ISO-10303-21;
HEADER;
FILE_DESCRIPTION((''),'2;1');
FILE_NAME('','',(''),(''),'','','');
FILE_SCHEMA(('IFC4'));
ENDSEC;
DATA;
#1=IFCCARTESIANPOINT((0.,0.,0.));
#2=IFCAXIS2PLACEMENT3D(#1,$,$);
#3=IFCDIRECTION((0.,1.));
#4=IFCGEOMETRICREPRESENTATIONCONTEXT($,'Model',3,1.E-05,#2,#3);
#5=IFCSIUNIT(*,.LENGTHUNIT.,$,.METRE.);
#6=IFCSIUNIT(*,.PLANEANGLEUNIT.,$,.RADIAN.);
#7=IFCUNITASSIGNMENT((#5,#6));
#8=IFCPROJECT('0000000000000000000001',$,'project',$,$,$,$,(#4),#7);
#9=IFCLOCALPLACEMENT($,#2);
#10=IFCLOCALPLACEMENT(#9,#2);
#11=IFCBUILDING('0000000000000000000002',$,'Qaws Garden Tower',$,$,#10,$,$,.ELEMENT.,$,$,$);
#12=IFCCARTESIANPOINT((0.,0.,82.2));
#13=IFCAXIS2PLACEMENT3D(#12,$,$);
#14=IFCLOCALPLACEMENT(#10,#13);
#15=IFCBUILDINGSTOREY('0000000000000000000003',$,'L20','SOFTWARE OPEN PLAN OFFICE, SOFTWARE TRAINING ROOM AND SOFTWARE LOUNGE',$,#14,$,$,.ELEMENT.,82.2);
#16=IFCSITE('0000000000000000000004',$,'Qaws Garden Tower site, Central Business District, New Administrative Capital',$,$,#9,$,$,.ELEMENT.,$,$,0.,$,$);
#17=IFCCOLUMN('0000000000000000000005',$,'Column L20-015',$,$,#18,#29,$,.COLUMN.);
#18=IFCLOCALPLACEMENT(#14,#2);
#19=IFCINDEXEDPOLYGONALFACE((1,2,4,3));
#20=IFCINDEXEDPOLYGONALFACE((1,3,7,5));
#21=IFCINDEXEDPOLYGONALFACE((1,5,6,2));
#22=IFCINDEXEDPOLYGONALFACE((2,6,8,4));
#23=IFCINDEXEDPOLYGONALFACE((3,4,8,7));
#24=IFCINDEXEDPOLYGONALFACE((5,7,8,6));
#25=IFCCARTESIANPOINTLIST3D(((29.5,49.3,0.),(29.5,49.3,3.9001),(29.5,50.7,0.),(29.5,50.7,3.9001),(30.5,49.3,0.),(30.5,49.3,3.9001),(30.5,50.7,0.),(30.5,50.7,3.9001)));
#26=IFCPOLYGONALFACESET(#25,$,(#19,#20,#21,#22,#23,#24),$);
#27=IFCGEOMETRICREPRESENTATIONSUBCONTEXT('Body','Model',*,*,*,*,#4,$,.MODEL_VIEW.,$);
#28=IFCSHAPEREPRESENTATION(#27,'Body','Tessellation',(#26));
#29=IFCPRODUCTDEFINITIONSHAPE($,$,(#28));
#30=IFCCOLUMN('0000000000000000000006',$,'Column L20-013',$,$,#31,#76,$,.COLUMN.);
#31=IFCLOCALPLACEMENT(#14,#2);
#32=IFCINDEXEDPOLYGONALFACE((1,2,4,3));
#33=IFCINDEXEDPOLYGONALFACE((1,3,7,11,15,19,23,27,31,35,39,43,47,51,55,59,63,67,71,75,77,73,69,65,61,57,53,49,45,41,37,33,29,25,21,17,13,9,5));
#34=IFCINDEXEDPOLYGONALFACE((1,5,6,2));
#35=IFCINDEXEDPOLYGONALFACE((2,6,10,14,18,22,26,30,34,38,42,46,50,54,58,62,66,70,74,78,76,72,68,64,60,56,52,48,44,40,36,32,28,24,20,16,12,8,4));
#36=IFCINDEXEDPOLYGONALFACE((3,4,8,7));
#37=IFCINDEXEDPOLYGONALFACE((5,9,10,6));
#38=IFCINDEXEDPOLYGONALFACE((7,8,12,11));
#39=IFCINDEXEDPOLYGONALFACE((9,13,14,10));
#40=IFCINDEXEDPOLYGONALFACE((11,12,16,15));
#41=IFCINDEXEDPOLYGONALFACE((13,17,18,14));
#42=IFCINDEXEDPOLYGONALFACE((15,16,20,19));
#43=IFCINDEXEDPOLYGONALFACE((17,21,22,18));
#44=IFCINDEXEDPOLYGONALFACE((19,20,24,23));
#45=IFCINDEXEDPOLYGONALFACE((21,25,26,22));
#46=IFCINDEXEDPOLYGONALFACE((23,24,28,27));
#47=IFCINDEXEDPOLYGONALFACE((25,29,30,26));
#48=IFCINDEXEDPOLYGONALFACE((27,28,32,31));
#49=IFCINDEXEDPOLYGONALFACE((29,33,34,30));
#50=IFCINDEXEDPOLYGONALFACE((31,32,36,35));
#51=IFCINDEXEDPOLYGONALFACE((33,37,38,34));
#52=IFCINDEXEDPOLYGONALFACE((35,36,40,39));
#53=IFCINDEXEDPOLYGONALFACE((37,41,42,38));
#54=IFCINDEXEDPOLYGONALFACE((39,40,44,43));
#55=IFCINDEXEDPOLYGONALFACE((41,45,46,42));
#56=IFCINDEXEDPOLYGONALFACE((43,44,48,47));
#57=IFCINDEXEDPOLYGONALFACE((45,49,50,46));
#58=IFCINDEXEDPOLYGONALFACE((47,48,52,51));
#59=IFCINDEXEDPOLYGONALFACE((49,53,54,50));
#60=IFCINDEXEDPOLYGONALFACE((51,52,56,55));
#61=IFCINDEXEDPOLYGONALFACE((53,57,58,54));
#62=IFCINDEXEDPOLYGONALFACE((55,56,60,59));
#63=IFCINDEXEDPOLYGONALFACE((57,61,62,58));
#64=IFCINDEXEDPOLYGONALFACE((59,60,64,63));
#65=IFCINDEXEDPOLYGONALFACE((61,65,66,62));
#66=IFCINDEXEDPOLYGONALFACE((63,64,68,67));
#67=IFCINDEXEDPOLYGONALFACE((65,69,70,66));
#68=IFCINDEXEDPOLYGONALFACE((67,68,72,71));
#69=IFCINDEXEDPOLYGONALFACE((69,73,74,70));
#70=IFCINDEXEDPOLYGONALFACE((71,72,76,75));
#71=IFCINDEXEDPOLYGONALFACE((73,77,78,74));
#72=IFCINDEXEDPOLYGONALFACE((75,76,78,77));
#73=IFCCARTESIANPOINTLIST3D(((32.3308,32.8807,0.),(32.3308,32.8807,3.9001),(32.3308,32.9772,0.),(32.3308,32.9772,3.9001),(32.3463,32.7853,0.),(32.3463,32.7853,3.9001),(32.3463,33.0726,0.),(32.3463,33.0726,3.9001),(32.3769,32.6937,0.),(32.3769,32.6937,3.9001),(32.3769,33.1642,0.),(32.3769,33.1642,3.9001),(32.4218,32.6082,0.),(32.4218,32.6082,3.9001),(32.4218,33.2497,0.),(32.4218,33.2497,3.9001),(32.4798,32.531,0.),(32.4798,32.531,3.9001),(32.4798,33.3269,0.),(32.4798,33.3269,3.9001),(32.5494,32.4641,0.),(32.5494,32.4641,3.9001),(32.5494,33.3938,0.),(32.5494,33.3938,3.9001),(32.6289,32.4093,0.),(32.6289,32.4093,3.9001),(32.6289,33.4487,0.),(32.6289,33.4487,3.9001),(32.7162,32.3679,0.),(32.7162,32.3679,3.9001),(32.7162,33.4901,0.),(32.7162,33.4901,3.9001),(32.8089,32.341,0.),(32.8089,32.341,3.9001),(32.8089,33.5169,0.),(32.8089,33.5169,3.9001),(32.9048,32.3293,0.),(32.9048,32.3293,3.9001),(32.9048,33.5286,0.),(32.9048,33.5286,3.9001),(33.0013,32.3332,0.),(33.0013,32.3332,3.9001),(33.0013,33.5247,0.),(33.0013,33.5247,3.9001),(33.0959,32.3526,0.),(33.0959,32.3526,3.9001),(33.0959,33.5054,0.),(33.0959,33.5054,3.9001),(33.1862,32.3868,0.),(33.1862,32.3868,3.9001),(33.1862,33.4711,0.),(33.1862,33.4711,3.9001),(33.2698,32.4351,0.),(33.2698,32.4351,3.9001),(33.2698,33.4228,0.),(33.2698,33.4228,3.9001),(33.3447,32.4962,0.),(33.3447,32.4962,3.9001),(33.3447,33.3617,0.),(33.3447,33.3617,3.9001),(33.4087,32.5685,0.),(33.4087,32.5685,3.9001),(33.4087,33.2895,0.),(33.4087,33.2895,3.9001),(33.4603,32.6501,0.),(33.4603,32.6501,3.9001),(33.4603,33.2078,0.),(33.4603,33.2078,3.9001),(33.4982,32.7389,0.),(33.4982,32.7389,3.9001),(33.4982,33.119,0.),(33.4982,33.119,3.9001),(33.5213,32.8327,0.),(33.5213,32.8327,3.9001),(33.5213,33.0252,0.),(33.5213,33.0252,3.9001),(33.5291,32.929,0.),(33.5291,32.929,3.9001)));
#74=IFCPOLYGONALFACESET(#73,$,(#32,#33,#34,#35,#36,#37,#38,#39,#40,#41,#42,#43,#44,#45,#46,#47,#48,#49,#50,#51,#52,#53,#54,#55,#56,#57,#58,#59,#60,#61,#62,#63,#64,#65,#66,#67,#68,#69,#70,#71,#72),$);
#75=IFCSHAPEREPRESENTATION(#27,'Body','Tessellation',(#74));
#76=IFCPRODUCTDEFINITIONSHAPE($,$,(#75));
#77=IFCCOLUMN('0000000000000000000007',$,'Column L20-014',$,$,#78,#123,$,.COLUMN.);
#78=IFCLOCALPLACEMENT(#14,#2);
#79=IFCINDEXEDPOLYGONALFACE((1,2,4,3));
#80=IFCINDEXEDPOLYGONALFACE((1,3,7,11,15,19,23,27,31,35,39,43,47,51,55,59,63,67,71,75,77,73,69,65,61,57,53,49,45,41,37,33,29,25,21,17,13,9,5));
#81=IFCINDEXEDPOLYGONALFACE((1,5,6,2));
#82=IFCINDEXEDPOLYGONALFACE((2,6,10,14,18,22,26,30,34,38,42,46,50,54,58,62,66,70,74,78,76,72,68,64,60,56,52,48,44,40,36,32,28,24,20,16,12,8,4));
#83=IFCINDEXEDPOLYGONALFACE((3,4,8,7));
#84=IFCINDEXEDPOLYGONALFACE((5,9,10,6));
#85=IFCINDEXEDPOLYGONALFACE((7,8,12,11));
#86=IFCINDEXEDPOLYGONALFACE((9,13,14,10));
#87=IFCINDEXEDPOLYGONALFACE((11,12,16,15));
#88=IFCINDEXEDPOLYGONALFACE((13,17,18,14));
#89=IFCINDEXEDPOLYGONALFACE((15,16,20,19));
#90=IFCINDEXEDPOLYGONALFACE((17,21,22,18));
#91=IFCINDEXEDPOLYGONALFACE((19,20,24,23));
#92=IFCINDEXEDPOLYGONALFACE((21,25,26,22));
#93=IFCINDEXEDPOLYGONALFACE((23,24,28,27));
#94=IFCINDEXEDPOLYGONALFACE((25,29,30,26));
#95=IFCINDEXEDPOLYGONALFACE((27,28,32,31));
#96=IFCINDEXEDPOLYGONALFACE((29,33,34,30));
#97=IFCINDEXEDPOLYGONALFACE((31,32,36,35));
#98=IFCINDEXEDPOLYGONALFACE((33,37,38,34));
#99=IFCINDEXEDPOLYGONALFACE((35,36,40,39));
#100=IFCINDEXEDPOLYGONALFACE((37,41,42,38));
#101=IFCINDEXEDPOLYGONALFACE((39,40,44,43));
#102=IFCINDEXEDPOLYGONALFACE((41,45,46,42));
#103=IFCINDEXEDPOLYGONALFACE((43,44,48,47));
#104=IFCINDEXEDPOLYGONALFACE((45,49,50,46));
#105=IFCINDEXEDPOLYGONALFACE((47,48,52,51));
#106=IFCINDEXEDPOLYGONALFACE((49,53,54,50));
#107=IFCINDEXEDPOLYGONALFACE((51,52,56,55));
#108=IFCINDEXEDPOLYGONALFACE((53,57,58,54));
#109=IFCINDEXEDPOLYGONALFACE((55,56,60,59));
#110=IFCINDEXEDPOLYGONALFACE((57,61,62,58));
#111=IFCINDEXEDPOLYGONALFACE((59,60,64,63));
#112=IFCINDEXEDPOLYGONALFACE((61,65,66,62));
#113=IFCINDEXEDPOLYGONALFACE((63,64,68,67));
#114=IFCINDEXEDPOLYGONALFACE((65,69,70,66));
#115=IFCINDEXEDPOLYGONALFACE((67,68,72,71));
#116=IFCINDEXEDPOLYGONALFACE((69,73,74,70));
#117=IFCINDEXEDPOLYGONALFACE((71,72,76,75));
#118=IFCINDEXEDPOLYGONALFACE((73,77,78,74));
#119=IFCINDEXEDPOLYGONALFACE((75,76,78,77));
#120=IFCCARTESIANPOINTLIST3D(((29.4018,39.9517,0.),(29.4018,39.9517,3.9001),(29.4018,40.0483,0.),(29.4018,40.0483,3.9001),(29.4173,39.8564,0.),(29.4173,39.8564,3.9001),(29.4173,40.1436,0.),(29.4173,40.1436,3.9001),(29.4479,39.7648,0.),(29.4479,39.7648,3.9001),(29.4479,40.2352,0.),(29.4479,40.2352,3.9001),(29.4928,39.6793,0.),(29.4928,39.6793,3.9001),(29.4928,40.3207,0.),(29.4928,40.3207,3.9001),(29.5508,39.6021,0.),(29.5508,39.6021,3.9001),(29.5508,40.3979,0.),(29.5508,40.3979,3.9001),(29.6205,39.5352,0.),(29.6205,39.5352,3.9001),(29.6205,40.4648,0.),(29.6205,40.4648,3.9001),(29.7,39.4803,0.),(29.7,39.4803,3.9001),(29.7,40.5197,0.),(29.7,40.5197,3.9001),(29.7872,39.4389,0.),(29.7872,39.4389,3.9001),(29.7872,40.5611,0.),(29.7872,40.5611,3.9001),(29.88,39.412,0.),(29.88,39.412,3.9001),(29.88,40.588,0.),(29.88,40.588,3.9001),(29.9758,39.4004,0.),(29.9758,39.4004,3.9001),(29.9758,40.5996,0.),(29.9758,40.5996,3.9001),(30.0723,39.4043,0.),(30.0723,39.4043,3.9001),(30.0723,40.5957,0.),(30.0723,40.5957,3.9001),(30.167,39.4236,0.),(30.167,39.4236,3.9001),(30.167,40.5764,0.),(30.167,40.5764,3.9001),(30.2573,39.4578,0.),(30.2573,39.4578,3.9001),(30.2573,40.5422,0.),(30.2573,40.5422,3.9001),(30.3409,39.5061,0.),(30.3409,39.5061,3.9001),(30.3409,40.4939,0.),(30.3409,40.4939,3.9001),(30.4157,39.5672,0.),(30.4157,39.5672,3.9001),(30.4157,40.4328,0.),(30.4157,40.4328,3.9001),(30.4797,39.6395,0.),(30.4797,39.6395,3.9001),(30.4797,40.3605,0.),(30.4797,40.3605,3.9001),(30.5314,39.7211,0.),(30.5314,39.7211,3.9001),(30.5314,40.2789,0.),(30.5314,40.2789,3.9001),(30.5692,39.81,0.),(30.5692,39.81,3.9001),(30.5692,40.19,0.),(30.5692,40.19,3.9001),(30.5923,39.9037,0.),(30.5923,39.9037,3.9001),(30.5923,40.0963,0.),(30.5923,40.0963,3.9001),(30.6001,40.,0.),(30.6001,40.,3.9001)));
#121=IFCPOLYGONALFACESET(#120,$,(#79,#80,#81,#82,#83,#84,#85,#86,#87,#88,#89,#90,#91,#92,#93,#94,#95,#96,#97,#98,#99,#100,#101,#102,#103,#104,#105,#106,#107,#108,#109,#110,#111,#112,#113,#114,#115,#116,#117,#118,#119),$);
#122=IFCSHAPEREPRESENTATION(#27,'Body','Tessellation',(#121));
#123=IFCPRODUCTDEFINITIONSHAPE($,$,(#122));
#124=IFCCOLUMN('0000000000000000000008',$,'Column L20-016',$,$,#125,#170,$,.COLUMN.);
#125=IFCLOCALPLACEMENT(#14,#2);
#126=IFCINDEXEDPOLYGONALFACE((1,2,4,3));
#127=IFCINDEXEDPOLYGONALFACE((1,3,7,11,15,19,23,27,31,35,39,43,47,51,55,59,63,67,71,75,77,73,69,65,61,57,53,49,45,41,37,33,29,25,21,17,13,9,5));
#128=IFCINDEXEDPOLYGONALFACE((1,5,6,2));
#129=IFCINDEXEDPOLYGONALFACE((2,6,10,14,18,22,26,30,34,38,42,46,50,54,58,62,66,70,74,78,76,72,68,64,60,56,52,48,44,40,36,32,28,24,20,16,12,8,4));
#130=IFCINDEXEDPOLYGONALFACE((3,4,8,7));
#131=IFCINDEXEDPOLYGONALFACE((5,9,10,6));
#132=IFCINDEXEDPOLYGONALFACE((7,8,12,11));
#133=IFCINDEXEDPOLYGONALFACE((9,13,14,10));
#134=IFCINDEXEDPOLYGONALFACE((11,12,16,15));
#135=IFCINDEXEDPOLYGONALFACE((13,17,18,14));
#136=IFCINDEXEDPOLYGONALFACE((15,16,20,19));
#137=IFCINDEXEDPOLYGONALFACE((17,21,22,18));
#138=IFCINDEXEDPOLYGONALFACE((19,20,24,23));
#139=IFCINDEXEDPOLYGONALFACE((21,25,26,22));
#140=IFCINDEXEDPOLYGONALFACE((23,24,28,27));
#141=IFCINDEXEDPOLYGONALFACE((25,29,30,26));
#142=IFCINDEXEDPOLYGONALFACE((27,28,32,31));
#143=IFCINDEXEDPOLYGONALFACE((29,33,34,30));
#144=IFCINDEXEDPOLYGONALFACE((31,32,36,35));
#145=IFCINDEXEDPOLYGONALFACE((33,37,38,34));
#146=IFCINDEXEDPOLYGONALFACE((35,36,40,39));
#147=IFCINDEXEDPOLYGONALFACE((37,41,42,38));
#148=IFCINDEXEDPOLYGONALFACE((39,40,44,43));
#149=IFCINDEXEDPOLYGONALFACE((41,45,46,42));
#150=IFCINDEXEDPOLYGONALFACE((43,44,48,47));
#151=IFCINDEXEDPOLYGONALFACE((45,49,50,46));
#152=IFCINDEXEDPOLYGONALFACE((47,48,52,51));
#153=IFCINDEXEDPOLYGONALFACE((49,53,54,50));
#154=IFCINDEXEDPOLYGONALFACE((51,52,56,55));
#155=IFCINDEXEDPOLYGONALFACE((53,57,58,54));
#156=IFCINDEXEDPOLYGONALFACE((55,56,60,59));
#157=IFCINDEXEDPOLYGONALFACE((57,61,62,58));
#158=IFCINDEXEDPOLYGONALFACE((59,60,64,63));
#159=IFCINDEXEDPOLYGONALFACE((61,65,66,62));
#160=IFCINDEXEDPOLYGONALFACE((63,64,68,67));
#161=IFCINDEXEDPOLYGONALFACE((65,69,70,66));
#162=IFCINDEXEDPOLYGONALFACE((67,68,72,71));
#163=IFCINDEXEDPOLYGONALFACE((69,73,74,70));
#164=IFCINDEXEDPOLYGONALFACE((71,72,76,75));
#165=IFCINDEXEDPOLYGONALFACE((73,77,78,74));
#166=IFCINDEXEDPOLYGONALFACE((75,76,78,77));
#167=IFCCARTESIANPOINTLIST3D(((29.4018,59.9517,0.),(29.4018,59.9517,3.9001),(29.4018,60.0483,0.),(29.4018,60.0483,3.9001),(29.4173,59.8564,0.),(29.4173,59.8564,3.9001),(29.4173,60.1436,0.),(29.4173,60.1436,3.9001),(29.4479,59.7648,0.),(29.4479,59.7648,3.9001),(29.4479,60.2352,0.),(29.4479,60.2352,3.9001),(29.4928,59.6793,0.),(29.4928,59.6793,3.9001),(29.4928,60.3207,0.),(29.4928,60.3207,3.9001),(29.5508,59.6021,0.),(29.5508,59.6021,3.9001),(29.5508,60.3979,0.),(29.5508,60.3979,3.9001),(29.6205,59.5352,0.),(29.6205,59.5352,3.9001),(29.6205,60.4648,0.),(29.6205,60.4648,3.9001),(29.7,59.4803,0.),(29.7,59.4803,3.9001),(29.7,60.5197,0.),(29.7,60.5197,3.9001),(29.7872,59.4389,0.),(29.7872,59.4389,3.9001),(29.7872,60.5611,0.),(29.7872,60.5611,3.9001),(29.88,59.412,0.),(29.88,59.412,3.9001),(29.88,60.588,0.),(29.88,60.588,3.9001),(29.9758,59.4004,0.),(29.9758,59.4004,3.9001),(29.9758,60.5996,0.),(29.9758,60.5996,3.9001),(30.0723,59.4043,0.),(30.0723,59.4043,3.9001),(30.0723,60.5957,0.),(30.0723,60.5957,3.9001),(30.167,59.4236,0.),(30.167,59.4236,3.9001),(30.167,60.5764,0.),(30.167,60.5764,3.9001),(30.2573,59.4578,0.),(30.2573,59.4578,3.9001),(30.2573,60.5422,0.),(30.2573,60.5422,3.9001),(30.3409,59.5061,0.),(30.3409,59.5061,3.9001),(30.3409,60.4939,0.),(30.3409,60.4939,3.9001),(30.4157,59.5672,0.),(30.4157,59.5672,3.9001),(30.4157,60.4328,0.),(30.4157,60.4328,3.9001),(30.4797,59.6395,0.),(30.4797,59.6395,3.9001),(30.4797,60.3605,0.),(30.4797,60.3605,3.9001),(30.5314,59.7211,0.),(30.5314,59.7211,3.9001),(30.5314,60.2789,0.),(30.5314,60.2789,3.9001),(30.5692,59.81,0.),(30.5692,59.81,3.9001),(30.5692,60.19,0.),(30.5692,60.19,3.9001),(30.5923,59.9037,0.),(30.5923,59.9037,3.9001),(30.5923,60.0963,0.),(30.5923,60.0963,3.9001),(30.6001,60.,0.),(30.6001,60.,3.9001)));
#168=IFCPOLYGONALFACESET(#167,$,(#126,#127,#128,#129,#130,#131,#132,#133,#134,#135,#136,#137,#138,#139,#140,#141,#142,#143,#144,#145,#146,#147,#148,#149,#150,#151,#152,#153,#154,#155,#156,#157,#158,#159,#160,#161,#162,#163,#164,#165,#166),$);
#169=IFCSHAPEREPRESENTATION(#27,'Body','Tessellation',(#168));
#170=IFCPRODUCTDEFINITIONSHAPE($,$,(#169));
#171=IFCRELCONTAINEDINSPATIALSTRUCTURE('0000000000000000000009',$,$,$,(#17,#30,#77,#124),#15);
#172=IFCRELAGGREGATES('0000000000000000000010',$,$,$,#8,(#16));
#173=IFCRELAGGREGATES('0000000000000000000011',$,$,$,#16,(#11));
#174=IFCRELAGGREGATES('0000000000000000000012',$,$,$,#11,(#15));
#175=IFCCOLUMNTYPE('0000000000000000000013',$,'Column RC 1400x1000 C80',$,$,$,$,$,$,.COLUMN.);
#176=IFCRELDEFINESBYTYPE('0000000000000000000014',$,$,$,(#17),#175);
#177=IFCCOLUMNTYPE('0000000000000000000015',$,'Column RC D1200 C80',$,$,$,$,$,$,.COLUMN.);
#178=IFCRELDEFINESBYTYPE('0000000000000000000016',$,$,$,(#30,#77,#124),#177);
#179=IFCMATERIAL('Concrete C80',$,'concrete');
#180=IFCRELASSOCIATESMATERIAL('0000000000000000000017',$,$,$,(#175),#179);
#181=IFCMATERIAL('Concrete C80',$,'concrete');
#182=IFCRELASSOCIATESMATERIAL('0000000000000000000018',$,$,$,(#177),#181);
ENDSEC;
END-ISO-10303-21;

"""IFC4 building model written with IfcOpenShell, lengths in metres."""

from ifc_helpers import new_model, si_unit, direction, frame, origin, origin_2d, place, context, subcontext, project, spatial, rectangle, circle, extrude, material, material_profile, profile_set, type_object, element, save


model = new_model("IFC4")

# Units and contexts
model_context = context("Model", 3, precision=1e-05, world=origin(), true_north=direction((0.0, 1.0)))
body_context = subcontext(model_context, "Body", "Model", "MODEL_VIEW")
ifc_project = project(units=[si_unit("LENGTHUNIT", "METRE"), si_unit("PLANEANGLEUNIT", "RADIAN")], contexts=[model_context])

# Site, building, storey
site_placement = place(None, origin())
site = spatial("IfcSite", under=ifc_project, at=site_placement, Name="Qaws Garden Tower site, Central Business District, New Administrative Capital", CompositionType="ELEMENT", RefElevation=0.0)
building_placement = place(site_placement, origin())
building = spatial("IfcBuilding", under=site, at=building_placement, Name="Qaws Garden Tower", CompositionType="ELEMENT")
storey_placement = place(building_placement, frame((0.0, 0.0, 82.2)))
storey = spatial("IfcBuildingStorey", under=building, at=storey_placement, Name="L20", Description="SOFTWARE OPEN PLAN OFFICE, SOFTWARE TRAINING ROOM AND SOFTWARE LOUNGE", CompositionType="ELEMENT", Elevation=82.2)

# Columns
ifc_material_1 = material(Name="Concrete C80", Category="concrete")
ifc_material_profile_1 = material_profile(ifc_material_1, rectangle(XDim=1.3999, YDim=1.0, at=origin_2d()), Name="RC 1400x1000")
ifc_profile_set_1 = profile_set([ifc_material_profile_1], Name="Concrete C80")
column_type_1 = type_object("IfcColumnType", Name="Column RC 1400x1000 C80", PredefinedType="COLUMN", material=ifc_profile_set_1)
column_placement = place(storey_placement, frame((30.0, 50.0, 0.0), z_axis=(0.0, 0.0, 1.0), x_axis=(0.0, 1.0, 0.0)))
element("IfcColumn", 1, at=column_placement, inside=storey, type_object=column_type_1, Name="Column L20-015", PredefinedType="COLUMN", context=body_context, shape_type="SweptSolid", body=[
    extrude(rectangle(XDim=1.3999, YDim=1.0, at=origin_2d()), origin(), (0.0, 0.0, 1.0), 3.9001),
])
ifc_material_2 = material(Name="Concrete C80", Category="concrete")
ifc_material_profile_2 = material_profile(ifc_material_2, circle(Radius=0.6001, at=origin_2d()), Name="RC D1200")
ifc_profile_set_2 = profile_set([ifc_material_profile_2], Name="Concrete C80")
column_type_2 = type_object("IfcColumnType", Name="Column RC D1200 C80", PredefinedType="COLUMN", material=ifc_profile_set_2)
for number, where, z_axis, x_axis, name in (
    (2, (32.929, 32.929, 0.0), (0.0, 0.0, 1.0), (1.0, 0.0, 0.0), "Column L20-013"),
    (3, (30.0, 40.0, 0.0), (0.0, 0.0, 1.0), (1.0, 0.0, 0.0), "Column L20-014"),
    (4, (30.0, 60.0, 0.0), (0.0, 0.0, 1.0), (1.0, 0.0, 0.0), "Column L20-016"),
):
    element("IfcColumn", number, at=place(storey_placement, frame(where, z_axis=z_axis, x_axis=x_axis)), inside=storey, type_object=column_type_2, Name=name, PredefinedType="COLUMN", context=body_context, shape_type="SweptSolid", body=[
        extrude(circle(Radius=0.6001, at=origin_2d()), origin(), (0.0, 0.0, 1.0), 3.9001),
    ])

save(model, "model.ifc")
